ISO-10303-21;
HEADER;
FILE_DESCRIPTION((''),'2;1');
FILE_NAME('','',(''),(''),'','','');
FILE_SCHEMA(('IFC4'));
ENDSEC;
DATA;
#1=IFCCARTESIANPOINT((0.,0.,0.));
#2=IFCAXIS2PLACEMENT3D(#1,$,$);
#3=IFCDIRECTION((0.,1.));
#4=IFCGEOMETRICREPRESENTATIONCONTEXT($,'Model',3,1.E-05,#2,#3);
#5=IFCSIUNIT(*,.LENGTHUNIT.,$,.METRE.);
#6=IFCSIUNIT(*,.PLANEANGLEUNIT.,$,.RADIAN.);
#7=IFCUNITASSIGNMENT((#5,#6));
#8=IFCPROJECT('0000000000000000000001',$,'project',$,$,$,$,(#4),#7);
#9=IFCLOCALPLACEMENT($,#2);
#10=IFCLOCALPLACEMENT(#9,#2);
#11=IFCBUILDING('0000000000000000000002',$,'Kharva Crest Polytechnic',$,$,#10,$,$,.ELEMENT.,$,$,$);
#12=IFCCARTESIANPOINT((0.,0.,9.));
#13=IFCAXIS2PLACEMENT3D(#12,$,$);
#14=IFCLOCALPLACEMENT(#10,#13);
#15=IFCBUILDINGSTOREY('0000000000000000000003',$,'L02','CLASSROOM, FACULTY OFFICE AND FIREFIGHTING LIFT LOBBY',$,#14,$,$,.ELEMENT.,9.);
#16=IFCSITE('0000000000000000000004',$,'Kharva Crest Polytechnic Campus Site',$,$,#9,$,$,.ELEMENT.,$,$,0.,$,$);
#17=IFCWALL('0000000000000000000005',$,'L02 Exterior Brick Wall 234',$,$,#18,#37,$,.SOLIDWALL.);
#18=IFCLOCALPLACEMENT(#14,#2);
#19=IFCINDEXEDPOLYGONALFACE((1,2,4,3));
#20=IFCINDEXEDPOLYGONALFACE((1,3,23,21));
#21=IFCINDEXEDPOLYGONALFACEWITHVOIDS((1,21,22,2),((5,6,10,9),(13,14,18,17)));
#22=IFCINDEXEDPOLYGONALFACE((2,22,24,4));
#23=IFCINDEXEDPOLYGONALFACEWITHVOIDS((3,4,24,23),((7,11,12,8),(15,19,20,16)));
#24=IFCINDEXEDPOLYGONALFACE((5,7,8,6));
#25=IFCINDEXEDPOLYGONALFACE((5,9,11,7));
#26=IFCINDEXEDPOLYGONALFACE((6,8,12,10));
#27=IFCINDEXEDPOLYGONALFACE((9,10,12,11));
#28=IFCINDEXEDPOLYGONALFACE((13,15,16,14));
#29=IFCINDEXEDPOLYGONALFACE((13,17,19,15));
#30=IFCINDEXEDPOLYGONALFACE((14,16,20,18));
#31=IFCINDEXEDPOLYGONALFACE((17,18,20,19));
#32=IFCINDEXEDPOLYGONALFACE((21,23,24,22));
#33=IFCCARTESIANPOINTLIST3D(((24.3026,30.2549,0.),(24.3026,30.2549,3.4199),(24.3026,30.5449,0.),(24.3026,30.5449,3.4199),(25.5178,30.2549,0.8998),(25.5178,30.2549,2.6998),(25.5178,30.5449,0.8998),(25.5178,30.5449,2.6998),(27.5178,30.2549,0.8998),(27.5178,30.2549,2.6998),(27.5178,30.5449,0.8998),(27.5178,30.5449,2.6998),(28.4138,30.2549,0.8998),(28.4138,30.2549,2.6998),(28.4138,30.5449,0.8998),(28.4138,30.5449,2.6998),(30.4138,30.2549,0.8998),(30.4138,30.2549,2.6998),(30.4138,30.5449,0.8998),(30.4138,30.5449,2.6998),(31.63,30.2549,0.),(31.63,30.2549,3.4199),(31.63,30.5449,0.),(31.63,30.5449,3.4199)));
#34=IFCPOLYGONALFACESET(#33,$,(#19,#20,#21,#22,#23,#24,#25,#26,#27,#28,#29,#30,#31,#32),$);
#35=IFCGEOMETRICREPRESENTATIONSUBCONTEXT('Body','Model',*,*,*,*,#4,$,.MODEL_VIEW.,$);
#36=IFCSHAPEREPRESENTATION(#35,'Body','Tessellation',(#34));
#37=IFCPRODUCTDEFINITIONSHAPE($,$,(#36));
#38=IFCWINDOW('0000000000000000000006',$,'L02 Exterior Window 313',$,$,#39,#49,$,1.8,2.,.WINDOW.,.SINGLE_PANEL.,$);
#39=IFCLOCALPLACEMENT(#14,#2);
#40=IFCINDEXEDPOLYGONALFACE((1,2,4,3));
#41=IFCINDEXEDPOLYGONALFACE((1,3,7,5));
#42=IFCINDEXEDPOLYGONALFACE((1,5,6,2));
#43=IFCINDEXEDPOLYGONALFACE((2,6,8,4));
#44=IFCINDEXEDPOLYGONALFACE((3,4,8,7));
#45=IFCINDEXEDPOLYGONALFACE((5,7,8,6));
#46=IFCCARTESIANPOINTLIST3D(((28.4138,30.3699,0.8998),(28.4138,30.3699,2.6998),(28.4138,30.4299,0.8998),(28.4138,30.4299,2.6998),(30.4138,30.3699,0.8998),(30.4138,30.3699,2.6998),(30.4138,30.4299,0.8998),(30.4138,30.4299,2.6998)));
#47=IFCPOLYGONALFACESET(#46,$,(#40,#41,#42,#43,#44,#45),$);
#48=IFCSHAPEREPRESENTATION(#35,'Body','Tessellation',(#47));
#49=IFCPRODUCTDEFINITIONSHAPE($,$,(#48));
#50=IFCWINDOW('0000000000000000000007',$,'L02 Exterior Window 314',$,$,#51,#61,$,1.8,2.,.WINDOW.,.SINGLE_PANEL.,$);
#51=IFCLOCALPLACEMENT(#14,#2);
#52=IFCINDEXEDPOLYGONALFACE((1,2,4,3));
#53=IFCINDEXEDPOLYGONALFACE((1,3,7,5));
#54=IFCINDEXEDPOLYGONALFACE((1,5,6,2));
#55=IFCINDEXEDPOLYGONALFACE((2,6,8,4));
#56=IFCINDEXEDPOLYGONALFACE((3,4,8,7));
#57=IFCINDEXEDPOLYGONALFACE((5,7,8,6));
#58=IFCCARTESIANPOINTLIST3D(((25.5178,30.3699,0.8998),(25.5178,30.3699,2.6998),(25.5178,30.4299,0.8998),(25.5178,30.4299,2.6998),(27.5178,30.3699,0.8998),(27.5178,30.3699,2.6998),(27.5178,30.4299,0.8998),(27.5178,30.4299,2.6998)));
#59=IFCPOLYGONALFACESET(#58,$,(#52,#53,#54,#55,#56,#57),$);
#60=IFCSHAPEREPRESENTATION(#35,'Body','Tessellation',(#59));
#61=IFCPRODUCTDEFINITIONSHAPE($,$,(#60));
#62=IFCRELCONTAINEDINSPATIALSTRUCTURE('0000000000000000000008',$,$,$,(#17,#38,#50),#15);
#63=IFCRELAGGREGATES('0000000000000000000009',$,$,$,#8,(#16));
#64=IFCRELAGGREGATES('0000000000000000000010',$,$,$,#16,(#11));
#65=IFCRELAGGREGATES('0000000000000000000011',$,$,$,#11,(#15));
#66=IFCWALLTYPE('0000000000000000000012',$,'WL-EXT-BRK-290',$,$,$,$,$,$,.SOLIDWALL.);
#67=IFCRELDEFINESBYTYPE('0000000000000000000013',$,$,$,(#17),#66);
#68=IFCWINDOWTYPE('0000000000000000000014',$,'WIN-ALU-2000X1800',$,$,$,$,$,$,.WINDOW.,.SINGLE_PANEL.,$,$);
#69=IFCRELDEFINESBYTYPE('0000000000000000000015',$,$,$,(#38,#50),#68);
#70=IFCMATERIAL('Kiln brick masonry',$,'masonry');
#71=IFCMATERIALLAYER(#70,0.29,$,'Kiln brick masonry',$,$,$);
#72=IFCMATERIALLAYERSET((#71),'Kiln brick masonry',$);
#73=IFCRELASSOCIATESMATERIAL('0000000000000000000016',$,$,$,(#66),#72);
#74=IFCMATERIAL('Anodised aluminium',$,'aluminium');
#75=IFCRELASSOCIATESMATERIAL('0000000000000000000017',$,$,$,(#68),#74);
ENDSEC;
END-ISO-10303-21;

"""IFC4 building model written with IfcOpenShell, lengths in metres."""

from ifc_helpers import new_model, si_unit, direction, frame, frame_2d, origin, place, context, subcontext, project, spatial, rectangle, extrude, material, layer, layer_set, type_object, element, fill, save


model = new_model("IFC4")

# Units and contexts
model_context = context("Model", 3, precision=1e-05, world=origin(), true_north=direction((0.0, 1.0)))
body_context = subcontext(model_context, "Body", "Model", "MODEL_VIEW")
ifc_project = project(units=[si_unit("LENGTHUNIT", "METRE"), si_unit("PLANEANGLEUNIT", "RADIAN")], contexts=[model_context])

# Site, building, storey
site_placement = place(None, origin())
site = spatial("IfcSite", under=ifc_project, at=site_placement, Name="Kharva Crest Polytechnic Campus Site", CompositionType="ELEMENT", RefElevation=0.0)
building_placement = place(site_placement, origin())
building = spatial("IfcBuilding", under=site, at=building_placement, Name="Kharva Crest Polytechnic", CompositionType="ELEMENT")
storey_placement = place(building_placement, frame((0.0, 0.0, 9.0)))
storey = spatial("IfcBuildingStorey", under=building, at=storey_placement, Name="L02", Description="CLASSROOM, FACULTY OFFICE AND FIREFIGHTING LIFT LOBBY", CompositionType="ELEMENT", Elevation=9.0)

# Wall, openings, windows
ifc_material_1 = material(Name="Kiln brick masonry", Category="masonry")
ifc_layer_1 = layer(ifc_material_1, 0.29, Name="Kiln brick masonry")
ifc_layer_set_1 = layer_set([ifc_layer_1], Name="Kiln brick masonry")
wall_type = type_object("IfcWallType", Name="WL-EXT-BRK-290", PredefinedType="SOLIDWALL", material=ifc_layer_set_1)
wall_placement = place(storey_placement, frame((31.6299, 30.3999, 0.0), z_axis=(0.0, 0.0, 1.0), x_axis=(-1.0, 0.0, 0.0)))
wall = element("IfcWall", 1, at=wall_placement, inside=storey, type_object=wall_type, Name="L02 Exterior Brick Wall 234", PredefinedType="SOLIDWALL", context=body_context, shape_type="SweptSolid", body=[
    extrude(rectangle(XDim=7.3274, YDim=0.29, at=frame_2d((3.6636, 0.0))), origin(), (0.0, 0.0, 1.0), 3.4199),
])
opening_1_placement = place(wall_placement, frame((1.2161, 0.0, 0.8999)))
opening_1 = element("IfcOpeningElement", 2, at=opening_1_placement, cuts=wall, PredefinedType="OPENING", context=body_context, shape_type="SweptSolid", body=[
    extrude(rectangle(XDim=2.0, YDim=1.8, at=frame_2d((1.0, 0.8999))), frame((0.0, 0.155, 0.0), z_axis=(0.0, -1.0, 0.0), x_axis=(1.0, 0.0, 0.0)), (0.0, 0.0, 1.0), 0.3101),
])
opening_2_placement = place(wall_placement, frame((4.1121, 0.0, 0.8999)))
opening_2 = element("IfcOpeningElement", 3, at=opening_2_placement, cuts=wall, PredefinedType="OPENING", context=body_context, shape_type="SweptSolid", body=[
    extrude(rectangle(XDim=2.0, YDim=1.8, at=frame_2d((1.0, 0.8999))), frame((0.0, 0.155, 0.0), z_axis=(0.0, -1.0, 0.0), x_axis=(1.0, 0.0, 0.0)), (0.0, 0.0, 1.0), 0.3101),
])
ifc_material_2 = material(Name="Anodised aluminium", Category="aluminium")
window_type = type_object("IfcWindowType", Name="WIN-ALU-2000X1800", PartitioningType="SINGLE_PANEL", PredefinedType="WINDOW", material=ifc_material_2)
window_1_placement = place(opening_1_placement, origin())
window_1 = element("IfcWindow", 4, at=window_1_placement, inside=storey, type_object=window_type, Name="L02 Exterior Window 313", OverallHeight=1.8, OverallWidth=2.0, PartitioningType="SINGLE_PANEL", PredefinedType="WINDOW", context=body_context, shape_type="SweptSolid", body=[
    extrude(rectangle(XDim=2.0, YDim=1.8, at=frame_2d((1.0, 0.8999))), frame((0.0, 0.03, 0.0), z_axis=(0.0, -1.0, 0.0), x_axis=(1.0, 0.0, 0.0)), (0.0, 0.0, 1.0), 0.0601),
])
fill(opening_1, window_1)
window_2_placement = place(opening_2_placement, origin())
window_2 = element("IfcWindow", 5, at=window_2_placement, inside=storey, type_object=window_type, Name="L02 Exterior Window 314", OverallHeight=1.8, OverallWidth=2.0, PartitioningType="SINGLE_PANEL", PredefinedType="WINDOW", context=body_context, shape_type="SweptSolid", body=[
    extrude(rectangle(XDim=2.0, YDim=1.8, at=frame_2d((1.0, 0.8999))), frame((0.0, 0.03, 0.0), z_axis=(0.0, -1.0, 0.0), x_axis=(1.0, 0.0, 0.0)), (0.0, 0.0, 1.0), 0.0601),
])
fill(opening_2, window_2)

save(model, "model.ifc")
